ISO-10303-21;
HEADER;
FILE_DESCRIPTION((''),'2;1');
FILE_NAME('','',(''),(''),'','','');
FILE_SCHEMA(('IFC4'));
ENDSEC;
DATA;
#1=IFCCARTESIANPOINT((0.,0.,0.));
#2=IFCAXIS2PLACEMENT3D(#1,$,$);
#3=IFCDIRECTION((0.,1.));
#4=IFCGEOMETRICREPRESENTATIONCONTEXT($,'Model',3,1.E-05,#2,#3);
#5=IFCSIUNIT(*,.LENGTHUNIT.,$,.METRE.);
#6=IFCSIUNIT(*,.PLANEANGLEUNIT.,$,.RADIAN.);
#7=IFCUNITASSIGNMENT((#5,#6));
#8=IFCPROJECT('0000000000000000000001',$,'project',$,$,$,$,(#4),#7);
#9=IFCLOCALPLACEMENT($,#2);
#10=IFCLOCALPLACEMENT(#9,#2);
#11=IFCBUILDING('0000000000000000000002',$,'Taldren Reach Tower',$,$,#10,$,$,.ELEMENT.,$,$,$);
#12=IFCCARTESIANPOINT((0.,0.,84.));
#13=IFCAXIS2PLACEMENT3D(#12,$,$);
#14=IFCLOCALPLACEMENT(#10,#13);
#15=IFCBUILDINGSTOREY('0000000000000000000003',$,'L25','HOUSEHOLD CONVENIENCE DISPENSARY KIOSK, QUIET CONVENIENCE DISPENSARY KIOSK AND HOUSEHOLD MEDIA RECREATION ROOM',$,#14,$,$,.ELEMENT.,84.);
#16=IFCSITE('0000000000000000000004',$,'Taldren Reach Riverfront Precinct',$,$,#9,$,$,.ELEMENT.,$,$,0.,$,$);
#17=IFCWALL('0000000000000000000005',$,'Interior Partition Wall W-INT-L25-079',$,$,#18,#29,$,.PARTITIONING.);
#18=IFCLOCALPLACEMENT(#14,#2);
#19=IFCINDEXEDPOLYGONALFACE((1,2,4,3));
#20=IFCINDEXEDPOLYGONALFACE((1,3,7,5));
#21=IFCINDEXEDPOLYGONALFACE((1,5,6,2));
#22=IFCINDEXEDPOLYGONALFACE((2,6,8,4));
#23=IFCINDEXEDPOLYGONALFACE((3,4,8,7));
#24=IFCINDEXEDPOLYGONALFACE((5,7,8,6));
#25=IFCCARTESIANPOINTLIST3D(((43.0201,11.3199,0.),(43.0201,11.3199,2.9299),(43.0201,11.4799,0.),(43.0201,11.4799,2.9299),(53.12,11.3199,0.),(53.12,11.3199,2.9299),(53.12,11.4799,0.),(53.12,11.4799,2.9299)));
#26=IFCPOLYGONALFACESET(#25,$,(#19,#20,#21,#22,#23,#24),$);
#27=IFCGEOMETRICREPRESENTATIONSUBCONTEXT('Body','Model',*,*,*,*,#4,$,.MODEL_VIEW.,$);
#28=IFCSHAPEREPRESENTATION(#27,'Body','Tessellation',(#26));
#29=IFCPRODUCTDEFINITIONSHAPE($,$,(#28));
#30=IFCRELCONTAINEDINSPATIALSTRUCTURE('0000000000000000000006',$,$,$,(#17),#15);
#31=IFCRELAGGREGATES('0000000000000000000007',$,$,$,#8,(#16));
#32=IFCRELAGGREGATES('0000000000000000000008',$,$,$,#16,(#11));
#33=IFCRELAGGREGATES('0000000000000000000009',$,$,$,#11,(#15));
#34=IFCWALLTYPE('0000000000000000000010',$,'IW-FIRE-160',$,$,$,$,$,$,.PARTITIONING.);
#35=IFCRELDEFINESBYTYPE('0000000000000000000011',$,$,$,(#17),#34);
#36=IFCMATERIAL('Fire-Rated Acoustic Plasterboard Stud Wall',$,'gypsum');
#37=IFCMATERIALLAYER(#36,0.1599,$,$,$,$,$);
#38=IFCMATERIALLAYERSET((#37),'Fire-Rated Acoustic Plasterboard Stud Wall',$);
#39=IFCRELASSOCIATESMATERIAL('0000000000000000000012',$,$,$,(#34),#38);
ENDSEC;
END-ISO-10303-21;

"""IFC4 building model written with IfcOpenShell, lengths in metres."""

from ifc_helpers import new_model, si_unit, direction, frame, frame_2d, origin, place, context, subcontext, project, spatial, rectangle, extrude, source, transform, mapped, material, layer, layer_set, type_object, element, save


model = new_model("IFC4")

# Units and contexts
model_context = context("Model", 3, precision=1e-05, world=origin(), true_north=direction((0.0, 1.0)))
body_context = subcontext(model_context, "Body", "Model", "MODEL_VIEW")
ifc_project = project(units=[si_unit("LENGTHUNIT", "METRE"), si_unit("PLANEANGLEUNIT", "RADIAN")], contexts=[model_context])

# Site, building, storey
site_placement = place(None, origin())
site = spatial("IfcSite", under=ifc_project, at=site_placement, Name="Taldren Reach Riverfront Precinct", CompositionType="ELEMENT", RefElevation=0.0)
building_placement = place(site_placement, origin())
building = spatial("IfcBuilding", under=site, at=building_placement, Name="Taldren Reach Tower", CompositionType="ELEMENT")
storey_placement = place(building_placement, frame((0.0, 0.0, 84.0)))
storey = spatial("IfcBuildingStorey", under=building, at=storey_placement, Name="L25", Description="HOUSEHOLD CONVENIENCE DISPENSARY KIOSK, QUIET CONVENIENCE DISPENSARY KIOSK AND HOUSEHOLD MEDIA RECREATION ROOM", CompositionType="ELEMENT", Elevation=84.0)

# Shared definitions
ifc_material_1 = material(Name="Fire-Rated Acoustic Plasterboard Stud Wall", Category="gypsum")
ifc_layer_1 = layer(ifc_material_1, 0.1599)
ifc_layer_set_1 = layer_set([ifc_layer_1], Name="Fire-Rated Acoustic Plasterboard Stud Wall")
wall_type_1 = type_object("IfcWallType", Name="IW-FIRE-160", PredefinedType="PARTITIONING", material=ifc_layer_set_1)

# Wall
shared_shape_1 = source(origin(), body_context, "Body", "SweptSolid", [
    extrude(rectangle(XDim=10.0999, YDim=0.1599, at=frame_2d((5.0498, 0.0))), origin(), (0.0, 0.0, 1.0), 2.9299),
])
wall_1_placement = place(storey_placement, frame((43.0203, 11.3999, 0.0), z_axis=(0.0, 0.0, 1.0), x_axis=(1.0, 0.0, 0.0)))
element("IfcWall", 1, at=wall_1_placement, inside=storey, type_object=wall_type_1, Name="Interior Partition Wall W-INT-L25-079", PredefinedType="PARTITIONING", context=body_context, shape_type="MappedRepresentation", body=[
    mapped(shared_shape_1, transform((0.0, 0.0, 0.0), scale=1.0)),
])

save(model, "model.ifc")
